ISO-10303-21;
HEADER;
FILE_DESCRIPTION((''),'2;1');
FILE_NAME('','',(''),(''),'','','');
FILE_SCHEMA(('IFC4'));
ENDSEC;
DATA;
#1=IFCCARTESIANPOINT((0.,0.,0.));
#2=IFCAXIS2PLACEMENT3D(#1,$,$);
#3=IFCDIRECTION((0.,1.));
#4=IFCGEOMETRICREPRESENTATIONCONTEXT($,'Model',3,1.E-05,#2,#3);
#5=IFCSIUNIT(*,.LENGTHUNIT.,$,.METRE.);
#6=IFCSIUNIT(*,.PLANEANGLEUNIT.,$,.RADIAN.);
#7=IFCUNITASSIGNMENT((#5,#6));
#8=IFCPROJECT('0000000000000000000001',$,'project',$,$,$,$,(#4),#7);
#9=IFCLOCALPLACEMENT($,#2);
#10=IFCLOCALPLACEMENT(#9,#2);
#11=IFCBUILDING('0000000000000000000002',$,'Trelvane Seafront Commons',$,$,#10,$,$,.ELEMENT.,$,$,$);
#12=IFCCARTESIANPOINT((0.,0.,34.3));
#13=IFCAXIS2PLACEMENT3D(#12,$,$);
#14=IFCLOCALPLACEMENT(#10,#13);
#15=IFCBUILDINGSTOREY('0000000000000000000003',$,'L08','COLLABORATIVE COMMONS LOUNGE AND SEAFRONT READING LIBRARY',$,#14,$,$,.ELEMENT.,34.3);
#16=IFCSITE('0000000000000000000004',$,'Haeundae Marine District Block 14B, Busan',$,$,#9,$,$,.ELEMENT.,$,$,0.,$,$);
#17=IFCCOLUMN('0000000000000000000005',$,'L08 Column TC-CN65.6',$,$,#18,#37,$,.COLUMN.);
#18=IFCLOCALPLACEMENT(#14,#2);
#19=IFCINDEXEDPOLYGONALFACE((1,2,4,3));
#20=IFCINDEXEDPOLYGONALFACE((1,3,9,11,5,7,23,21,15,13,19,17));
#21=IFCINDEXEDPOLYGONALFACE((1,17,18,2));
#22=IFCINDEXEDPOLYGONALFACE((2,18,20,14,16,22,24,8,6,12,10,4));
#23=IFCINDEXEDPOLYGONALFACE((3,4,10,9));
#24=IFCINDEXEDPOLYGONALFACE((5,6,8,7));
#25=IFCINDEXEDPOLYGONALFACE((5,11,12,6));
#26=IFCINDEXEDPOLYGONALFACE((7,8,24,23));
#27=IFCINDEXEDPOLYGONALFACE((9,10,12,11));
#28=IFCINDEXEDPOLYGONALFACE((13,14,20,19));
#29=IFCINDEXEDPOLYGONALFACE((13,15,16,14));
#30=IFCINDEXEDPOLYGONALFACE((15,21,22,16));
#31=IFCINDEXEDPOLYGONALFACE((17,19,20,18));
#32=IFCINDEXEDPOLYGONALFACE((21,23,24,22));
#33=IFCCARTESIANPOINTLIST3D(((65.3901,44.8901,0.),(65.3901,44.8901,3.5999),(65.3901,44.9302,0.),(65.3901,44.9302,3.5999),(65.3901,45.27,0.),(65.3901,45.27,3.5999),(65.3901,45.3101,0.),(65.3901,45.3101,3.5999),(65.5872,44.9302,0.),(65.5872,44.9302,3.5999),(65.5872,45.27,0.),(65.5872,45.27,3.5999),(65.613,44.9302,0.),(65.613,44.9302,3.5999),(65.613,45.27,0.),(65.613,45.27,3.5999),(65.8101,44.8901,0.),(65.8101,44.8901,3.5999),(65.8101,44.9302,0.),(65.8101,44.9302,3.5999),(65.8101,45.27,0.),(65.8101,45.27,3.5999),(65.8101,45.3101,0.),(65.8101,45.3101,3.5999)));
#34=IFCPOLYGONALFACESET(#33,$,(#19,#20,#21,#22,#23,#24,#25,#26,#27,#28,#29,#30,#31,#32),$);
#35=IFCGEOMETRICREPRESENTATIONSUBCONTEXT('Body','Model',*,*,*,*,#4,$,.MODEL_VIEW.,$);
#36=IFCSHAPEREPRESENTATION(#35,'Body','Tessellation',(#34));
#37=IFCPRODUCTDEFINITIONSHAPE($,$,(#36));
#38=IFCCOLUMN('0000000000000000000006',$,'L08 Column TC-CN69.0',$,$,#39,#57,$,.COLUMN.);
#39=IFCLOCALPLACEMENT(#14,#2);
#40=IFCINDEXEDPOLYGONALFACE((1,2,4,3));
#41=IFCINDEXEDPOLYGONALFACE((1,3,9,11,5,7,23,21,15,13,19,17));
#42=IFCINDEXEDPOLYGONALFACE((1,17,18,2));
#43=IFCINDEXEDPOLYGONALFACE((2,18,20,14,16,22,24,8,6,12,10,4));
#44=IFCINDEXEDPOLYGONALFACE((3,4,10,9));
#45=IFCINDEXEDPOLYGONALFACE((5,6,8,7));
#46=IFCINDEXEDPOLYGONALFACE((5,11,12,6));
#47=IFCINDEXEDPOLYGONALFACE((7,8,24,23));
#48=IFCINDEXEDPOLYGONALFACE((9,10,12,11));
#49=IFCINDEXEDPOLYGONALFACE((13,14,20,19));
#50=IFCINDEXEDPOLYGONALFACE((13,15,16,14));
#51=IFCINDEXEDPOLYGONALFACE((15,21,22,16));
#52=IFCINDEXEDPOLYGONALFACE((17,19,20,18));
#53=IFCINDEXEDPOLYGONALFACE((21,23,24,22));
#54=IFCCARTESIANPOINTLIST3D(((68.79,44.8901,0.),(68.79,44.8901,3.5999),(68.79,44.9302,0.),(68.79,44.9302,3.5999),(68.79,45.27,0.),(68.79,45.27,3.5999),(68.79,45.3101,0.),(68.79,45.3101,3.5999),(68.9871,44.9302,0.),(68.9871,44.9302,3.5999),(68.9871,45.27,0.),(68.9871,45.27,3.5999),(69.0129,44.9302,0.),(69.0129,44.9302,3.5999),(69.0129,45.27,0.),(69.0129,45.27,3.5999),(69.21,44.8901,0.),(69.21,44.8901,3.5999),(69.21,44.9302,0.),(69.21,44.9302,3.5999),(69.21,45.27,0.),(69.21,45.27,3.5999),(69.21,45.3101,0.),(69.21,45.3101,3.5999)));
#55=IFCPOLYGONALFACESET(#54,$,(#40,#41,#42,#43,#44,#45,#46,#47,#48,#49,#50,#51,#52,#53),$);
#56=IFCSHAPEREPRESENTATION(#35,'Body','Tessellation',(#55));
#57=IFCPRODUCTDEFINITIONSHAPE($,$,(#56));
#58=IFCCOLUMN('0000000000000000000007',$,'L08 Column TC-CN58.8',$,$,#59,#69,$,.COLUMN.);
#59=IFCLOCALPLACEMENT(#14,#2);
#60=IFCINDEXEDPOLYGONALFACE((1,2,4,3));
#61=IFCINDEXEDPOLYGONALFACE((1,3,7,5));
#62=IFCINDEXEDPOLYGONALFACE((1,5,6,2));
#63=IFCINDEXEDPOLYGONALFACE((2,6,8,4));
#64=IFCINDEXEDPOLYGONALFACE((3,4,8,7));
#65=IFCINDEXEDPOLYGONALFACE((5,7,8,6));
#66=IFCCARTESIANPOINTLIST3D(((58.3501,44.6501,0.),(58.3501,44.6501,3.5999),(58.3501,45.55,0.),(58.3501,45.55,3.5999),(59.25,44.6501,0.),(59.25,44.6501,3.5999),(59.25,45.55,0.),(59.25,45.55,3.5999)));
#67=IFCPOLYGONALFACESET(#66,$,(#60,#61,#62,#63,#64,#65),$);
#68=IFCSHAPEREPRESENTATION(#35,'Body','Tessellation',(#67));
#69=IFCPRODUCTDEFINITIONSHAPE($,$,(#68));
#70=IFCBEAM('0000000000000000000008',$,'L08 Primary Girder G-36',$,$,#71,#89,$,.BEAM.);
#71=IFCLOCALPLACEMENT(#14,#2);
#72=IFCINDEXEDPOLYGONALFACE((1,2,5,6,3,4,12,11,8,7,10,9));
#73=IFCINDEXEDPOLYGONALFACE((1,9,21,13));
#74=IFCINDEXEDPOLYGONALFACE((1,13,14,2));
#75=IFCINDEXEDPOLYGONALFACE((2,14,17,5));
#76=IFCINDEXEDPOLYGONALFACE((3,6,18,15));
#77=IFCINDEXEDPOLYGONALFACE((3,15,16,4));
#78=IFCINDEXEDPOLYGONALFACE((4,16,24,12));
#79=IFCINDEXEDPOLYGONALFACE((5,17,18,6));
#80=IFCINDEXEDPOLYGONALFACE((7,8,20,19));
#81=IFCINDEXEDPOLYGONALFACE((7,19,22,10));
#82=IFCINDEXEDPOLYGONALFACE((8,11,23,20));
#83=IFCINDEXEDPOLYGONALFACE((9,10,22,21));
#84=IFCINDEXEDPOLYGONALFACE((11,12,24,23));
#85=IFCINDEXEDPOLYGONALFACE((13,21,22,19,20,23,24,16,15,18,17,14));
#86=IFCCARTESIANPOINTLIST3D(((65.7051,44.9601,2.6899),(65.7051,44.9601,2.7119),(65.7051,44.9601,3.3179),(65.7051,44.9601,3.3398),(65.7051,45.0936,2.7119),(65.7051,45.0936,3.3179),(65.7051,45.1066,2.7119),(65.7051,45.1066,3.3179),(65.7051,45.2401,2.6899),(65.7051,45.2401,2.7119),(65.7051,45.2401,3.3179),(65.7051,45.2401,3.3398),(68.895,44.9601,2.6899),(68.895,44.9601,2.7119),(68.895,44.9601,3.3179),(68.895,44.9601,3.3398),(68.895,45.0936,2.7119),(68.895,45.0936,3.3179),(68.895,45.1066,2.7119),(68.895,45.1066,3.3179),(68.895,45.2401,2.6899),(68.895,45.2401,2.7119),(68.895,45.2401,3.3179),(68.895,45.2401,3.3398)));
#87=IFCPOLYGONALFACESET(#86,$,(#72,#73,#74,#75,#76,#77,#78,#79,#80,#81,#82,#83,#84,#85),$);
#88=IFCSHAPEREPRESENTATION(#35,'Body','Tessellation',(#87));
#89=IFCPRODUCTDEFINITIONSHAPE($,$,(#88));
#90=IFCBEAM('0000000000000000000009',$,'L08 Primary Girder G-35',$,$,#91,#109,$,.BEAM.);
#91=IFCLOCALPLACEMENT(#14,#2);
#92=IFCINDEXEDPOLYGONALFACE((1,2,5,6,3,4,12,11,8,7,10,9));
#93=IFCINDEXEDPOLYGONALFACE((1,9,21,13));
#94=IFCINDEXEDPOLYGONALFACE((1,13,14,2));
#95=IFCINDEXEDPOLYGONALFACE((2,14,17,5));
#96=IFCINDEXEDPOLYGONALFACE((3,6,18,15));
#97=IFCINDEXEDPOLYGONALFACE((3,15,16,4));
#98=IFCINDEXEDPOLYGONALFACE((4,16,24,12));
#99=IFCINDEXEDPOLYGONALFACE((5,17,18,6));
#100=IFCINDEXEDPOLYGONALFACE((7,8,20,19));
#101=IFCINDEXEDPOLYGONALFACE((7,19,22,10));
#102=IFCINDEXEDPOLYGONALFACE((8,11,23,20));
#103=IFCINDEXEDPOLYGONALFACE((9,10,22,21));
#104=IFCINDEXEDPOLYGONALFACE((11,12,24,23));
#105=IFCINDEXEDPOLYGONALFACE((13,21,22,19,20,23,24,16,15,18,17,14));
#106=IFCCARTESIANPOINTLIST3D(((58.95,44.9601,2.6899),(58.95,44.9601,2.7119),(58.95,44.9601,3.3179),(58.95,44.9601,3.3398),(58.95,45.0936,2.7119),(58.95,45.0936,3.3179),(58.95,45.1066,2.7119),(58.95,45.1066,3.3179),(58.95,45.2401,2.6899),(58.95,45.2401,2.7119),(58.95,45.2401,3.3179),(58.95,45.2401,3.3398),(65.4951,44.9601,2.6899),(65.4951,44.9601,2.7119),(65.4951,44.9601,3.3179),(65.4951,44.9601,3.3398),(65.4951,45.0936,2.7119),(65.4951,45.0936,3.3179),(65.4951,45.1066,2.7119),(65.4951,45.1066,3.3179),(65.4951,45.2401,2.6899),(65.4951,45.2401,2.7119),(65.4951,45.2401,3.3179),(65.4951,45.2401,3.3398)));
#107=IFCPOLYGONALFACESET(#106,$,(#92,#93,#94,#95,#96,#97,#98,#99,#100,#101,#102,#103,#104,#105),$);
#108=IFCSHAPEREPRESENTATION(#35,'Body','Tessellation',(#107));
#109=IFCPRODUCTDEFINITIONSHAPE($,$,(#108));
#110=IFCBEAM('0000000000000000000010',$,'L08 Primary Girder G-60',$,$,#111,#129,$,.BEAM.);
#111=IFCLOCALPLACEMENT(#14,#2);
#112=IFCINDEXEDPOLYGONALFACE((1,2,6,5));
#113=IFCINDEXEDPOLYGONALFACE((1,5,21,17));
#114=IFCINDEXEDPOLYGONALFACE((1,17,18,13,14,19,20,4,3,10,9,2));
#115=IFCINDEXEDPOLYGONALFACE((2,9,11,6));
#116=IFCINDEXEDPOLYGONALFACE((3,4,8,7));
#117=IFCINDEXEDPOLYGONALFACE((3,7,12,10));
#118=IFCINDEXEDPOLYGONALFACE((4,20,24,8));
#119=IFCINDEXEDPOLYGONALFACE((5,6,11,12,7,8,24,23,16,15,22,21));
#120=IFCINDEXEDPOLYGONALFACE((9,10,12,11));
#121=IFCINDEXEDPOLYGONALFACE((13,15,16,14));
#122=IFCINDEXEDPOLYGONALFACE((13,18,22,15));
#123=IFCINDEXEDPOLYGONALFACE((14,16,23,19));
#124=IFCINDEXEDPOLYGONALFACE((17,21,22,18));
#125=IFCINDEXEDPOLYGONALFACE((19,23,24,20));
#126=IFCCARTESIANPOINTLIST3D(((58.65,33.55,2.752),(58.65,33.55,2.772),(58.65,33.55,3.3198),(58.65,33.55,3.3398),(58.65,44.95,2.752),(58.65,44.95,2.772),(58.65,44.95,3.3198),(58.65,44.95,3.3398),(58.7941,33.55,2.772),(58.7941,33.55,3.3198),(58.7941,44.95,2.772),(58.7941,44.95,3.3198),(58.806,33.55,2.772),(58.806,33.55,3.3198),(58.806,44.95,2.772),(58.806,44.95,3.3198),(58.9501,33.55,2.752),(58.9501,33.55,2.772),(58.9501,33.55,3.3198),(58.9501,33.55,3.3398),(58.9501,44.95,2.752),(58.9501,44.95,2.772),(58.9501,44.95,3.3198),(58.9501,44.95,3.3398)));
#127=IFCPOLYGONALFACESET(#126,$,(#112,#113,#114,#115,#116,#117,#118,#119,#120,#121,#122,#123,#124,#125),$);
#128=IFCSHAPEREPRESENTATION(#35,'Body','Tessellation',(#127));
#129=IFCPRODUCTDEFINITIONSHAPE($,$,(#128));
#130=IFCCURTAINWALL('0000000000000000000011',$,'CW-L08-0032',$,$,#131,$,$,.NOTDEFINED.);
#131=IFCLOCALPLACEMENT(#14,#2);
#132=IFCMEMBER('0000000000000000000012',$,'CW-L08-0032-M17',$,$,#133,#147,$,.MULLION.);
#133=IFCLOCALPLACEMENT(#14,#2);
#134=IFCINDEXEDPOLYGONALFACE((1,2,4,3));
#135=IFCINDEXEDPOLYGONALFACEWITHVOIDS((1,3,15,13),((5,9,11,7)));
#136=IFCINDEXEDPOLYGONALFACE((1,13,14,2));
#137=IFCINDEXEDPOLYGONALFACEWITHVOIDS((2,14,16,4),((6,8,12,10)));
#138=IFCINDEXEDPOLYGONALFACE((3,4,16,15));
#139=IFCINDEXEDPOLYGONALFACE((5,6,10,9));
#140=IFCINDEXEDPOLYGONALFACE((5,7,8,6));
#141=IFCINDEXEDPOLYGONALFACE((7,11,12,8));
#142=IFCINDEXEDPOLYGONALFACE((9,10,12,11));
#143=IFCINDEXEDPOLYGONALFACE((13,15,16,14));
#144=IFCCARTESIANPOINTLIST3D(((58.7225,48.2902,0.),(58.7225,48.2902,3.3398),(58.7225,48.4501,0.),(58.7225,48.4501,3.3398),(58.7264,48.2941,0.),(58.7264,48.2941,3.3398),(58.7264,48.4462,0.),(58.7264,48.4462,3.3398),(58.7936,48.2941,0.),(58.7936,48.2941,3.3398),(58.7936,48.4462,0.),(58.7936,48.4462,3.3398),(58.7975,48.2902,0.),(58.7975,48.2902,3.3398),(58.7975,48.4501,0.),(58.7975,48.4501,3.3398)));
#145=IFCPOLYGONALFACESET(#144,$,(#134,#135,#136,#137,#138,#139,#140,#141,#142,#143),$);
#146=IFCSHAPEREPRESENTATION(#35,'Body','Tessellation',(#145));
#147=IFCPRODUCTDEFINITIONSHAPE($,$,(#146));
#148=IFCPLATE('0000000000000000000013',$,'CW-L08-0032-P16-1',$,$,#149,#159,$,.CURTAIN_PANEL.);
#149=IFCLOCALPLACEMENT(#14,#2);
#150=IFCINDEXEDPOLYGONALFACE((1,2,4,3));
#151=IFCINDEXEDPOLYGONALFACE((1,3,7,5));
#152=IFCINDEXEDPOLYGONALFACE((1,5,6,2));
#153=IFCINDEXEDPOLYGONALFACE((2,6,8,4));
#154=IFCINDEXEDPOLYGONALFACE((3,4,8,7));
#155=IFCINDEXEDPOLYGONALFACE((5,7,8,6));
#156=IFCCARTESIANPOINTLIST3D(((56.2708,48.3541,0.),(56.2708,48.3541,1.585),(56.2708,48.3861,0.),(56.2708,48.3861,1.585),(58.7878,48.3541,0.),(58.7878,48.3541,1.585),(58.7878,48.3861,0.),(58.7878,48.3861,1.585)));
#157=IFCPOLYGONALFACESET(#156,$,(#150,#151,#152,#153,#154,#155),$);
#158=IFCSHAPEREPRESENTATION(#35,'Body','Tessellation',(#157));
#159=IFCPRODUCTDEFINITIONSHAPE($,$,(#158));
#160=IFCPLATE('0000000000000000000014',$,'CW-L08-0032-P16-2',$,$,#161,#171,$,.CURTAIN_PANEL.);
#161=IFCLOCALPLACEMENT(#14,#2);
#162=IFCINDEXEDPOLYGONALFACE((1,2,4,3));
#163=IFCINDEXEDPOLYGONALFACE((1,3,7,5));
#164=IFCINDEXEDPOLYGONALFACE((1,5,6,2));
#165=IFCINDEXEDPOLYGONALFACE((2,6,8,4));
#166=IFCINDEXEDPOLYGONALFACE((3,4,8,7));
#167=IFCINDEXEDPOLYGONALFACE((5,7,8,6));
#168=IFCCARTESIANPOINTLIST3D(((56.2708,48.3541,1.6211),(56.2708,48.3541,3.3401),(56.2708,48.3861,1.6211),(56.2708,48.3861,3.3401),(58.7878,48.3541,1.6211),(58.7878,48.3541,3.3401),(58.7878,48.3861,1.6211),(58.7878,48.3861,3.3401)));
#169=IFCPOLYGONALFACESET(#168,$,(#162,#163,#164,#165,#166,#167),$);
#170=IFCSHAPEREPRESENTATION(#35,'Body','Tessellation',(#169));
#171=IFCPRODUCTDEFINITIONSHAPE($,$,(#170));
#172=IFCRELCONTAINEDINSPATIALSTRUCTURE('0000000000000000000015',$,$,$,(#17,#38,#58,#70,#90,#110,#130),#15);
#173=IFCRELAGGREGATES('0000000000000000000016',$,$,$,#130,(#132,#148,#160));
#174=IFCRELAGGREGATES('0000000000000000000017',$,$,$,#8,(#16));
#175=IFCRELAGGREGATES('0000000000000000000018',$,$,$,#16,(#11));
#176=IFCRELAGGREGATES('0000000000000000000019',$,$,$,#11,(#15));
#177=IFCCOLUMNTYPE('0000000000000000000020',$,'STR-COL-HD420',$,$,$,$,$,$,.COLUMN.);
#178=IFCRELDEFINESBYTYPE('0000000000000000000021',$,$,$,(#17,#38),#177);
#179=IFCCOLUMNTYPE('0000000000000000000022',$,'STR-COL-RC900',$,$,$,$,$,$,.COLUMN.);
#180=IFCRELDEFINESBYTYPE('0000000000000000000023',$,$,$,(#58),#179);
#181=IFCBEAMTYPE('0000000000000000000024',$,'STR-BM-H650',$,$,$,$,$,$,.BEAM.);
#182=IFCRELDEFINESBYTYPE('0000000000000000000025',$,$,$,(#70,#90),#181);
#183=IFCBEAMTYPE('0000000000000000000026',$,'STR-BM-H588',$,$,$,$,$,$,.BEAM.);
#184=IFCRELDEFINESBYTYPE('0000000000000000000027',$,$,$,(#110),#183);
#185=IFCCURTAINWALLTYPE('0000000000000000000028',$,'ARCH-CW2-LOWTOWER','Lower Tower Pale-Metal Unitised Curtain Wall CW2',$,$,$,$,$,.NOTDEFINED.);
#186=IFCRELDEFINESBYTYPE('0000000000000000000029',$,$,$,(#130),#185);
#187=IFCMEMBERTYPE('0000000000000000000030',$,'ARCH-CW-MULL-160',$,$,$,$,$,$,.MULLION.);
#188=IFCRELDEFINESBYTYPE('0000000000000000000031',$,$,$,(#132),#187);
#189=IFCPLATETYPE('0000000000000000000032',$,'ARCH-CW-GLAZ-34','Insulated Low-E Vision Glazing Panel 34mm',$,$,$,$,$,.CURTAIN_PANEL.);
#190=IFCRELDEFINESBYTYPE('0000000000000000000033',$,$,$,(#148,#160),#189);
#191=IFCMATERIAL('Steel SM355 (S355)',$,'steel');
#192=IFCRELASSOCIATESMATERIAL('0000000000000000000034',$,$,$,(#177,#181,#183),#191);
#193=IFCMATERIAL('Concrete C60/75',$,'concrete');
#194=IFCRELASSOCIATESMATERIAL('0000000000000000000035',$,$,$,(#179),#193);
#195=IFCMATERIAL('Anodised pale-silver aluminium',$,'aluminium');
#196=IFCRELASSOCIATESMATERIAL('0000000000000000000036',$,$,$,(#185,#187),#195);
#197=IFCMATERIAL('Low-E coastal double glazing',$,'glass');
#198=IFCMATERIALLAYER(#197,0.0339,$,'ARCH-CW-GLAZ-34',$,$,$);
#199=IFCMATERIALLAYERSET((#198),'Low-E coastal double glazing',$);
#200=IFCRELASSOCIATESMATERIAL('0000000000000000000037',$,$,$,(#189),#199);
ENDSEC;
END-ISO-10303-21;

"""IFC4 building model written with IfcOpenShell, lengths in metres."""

from ifc_helpers import new_model, si_unit, direction, frame, origin, origin_2d, place, context, subcontext, project, spatial, rectangle, hollow_rectangle, i_section, extrude, source, transform, mapped, material, layer, layer_set, material_profile, profile_set, type_object, element, aggregate, save


model = new_model("IFC4")

# Units and contexts
model_context = context("Model", 3, precision=1e-05, world=origin(), true_north=direction((0.0, 1.0)))
body_context = subcontext(model_context, "Body", "Model", "MODEL_VIEW")
ifc_project = project(units=[si_unit("LENGTHUNIT", "METRE"), si_unit("PLANEANGLEUNIT", "RADIAN")], contexts=[model_context])

# Site, building, storey
site_placement = place(None, origin())
site = spatial("IfcSite", under=ifc_project, at=site_placement, Name="Haeundae Marine District Block 14B, Busan", CompositionType="ELEMENT", RefElevation=0.0)
building_placement = place(site_placement, origin())
building = spatial("IfcBuilding", under=site, at=building_placement, Name="Trelvane Seafront Commons", CompositionType="ELEMENT")
storey_placement = place(building_placement, frame((0.0, 0.0, 34.3)))
storey = spatial("IfcBuildingStorey", under=building, at=storey_placement, Name="L08", Description="COLLABORATIVE COMMONS LOUNGE AND SEAFRONT READING LIBRARY", CompositionType="ELEMENT", Elevation=34.3)

# Columns
ifc_material_1 = material(Name="Steel SM355 (S355)", Category="steel")
ifc_material_profile_1 = material_profile(ifc_material_1, i_section(OverallWidth=0.4199, OverallDepth=0.4199, WebThickness=0.0259, FlangeThickness=0.04, at=origin_2d()), Name="HD-420x420x26x40")
ifc_profile_set_1 = profile_set([ifc_material_profile_1], Name="Steel SM355 (S355)")
column_type_1 = type_object("IfcColumnType", Name="STR-COL-HD420", PredefinedType="COLUMN", material=ifc_profile_set_1)
shared_shape_1 = source(origin(), body_context, "Body", "SweptSolid", [
    extrude(i_section(OverallWidth=0.4199, OverallDepth=0.4199, WebThickness=0.0259, FlangeThickness=0.04, at=origin_2d()), origin(), (0.0, 0.0, 1.0), 3.5999),
])
for number, where, z_axis, x_axis, name in (
    (1, (65.6001, 45.1001, 0.0), (0.0, 0.0, 1.0), (1.0, 0.0, 0.0), "L08 Column TC-CN65.6"),
    (2, (69.0, 45.1001, 0.0), (0.0, 0.0, 1.0), (1.0, 0.0, 0.0), "L08 Column TC-CN69.0"),
):
    element("IfcColumn", number, at=place(storey_placement, frame(where, z_axis=z_axis, x_axis=x_axis)), inside=storey, type_object=column_type_1, Name=name, PredefinedType="COLUMN", context=body_context, shape_type="MappedRepresentation", body=[
        mapped(shared_shape_1, transform((0.0, 0.0, 0.0), x_axis=(1.0, 0.0, 0.0), y_axis=(0.0, 1.0, 0.0), z_axis=(0.0, 0.0, 1.0), scale=1.0)),
    ])
ifc_material_2 = material(Name="Concrete C60/75", Category="concrete")
ifc_material_profile_2 = material_profile(ifc_material_2, rectangle(XDim=0.8999, YDim=0.8999, at=origin_2d()), Name="RC-900x900")
ifc_profile_set_2 = profile_set([ifc_material_profile_2], Name="Concrete C60/75")
column_type_2 = type_object("IfcColumnType", Name="STR-COL-RC900", PredefinedType="COLUMN", material=ifc_profile_set_2)
shared_shape_2 = source(origin(), body_context, "Body", "SweptSolid", [
    extrude(rectangle(XDim=0.8999, YDim=0.8999, at=origin_2d()), origin(), (0.0, 0.0, 1.0), 3.5999),
])
column_placement = place(storey_placement, frame((58.8, 45.1001, 0.0), z_axis=(0.0, 0.0, 1.0), x_axis=(1.0, 0.0, 0.0)))
element("IfcColumn", 3, at=column_placement, inside=storey, type_object=column_type_2, Name="L08 Column TC-CN58.8", PredefinedType="COLUMN", context=body_context, shape_type="MappedRepresentation", body=[
    mapped(shared_shape_2, transform((0.0, 0.0, 0.0), x_axis=(1.0, 0.0, 0.0), y_axis=(0.0, 1.0, 0.0), z_axis=(0.0, 0.0, 1.0), scale=1.0)),
])

# Beams
ifc_material_profile_3 = material_profile(ifc_material_1, i_section(OverallWidth=0.28, OverallDepth=0.6499, WebThickness=0.0129, FlangeThickness=0.022, at=origin_2d()), Name="H-650x280x13x22")
ifc_profile_set_3 = profile_set([ifc_material_profile_3], Name="Steel SM355 (S355)")
beam_type_1 = type_object("IfcBeamType", Name="STR-BM-H650", PredefinedType="BEAM", material=ifc_profile_set_3)
shared_shape_3 = source(origin(), body_context, "Body", "SweptSolid", [
    extrude(i_section(OverallWidth=0.28, OverallDepth=0.6499, WebThickness=0.0129, FlangeThickness=0.022, at=origin_2d()), origin(), (0.0, 0.0, 1.0), 3.1899),
])
beam_1_placement = place(storey_placement, frame((65.7051, 45.1001, 3.0149), z_axis=(1.0, 0.0, 0.0), x_axis=(0.0, 1.0, 0.0)))
element("IfcBeam", 4, at=beam_1_placement, inside=storey, type_object=beam_type_1, Name="L08 Primary Girder G-36", PredefinedType="BEAM", context=body_context, shape_type="MappedRepresentation", body=[
    mapped(shared_shape_3, transform((0.0, 0.0, 0.0), x_axis=(1.0, 0.0, 0.0), y_axis=(0.0, 1.0, 0.0), z_axis=(0.0, 0.0, 1.0), scale=1.0)),
])
shared_shape_4 = source(origin(), body_context, "Body", "SweptSolid", [
    extrude(i_section(OverallWidth=0.28, OverallDepth=0.6499, WebThickness=0.0129, FlangeThickness=0.022, at=origin_2d()), origin(), (0.0, 0.0, 1.0), 6.5452),
])
beam_2_placement = place(storey_placement, frame((58.95, 45.1001, 3.0149), z_axis=(1.0, 0.0, 0.0), x_axis=(0.0, 1.0, 0.0)))
element("IfcBeam", 5, at=beam_2_placement, inside=storey, type_object=beam_type_1, Name="L08 Primary Girder G-35", PredefinedType="BEAM", context=body_context, shape_type="MappedRepresentation", body=[
    mapped(shared_shape_4, transform((0.0, 0.0, 0.0), x_axis=(1.0, 0.0, 0.0), y_axis=(0.0, 1.0, 0.0), z_axis=(0.0, 0.0, 1.0), scale=1.0)),
])
ifc_material_profile_4 = material_profile(ifc_material_1, i_section(OverallWidth=0.3, OverallDepth=0.5879, WebThickness=0.012, FlangeThickness=0.02, at=origin_2d()), Name="H-588x300x12x20")
ifc_profile_set_4 = profile_set([ifc_material_profile_4], Name="Steel SM355 (S355)")
beam_type_2 = type_object("IfcBeamType", Name="STR-BM-H588", PredefinedType="BEAM", material=ifc_profile_set_4)
shared_shape_5 = source(origin(), body_context, "Body", "SweptSolid", [
    extrude(i_section(OverallWidth=0.3, OverallDepth=0.5879, WebThickness=0.012, FlangeThickness=0.02, at=origin_2d()), origin(), (0.0, 0.0, 1.0), 11.3999),
])
beam_3_placement = place(storey_placement, frame((58.8, 33.55, 3.0459), z_axis=(0.0, 1.0, 0.0), x_axis=(-1.0, 0.0, 0.0)))
element("IfcBeam", 6, at=beam_3_placement, inside=storey, type_object=beam_type_2, Name="L08 Primary Girder G-60", PredefinedType="BEAM", context=body_context, shape_type="MappedRepresentation", body=[
    mapped(shared_shape_5, transform((0.0, 0.0, 0.0), x_axis=(1.0, 0.0, 0.0), y_axis=(0.0, 1.0, 0.0), z_axis=(0.0, 0.0, 1.0), scale=1.0)),
])

# Curtain wall, member, plates
ifc_material_3 = material(Name="Anodised pale-silver aluminium", Category="aluminium")
curtain_wall_type = type_object("IfcCurtainWallType", Name="ARCH-CW2-LOWTOWER", Description="Lower Tower Pale-Metal Unitised Curtain Wall CW2", PredefinedType="NOTDEFINED", material=ifc_material_3)
curtain_wall_placement = place(storey_placement, origin())
curtain_wall = element("IfcCurtainWall", 7, at=curtain_wall_placement, inside=storey, type_object=curtain_wall_type, Name="CW-L08-0032", PredefinedType="NOTDEFINED")
ifc_material_profile_5 = material_profile(ifc_material_3, hollow_rectangle(XDim=0.075, YDim=0.1599, WallThickness=0.0039, at=origin_2d()), Name="MULL-75x160x4")
ifc_profile_set_5 = profile_set([ifc_material_profile_5], Name="Anodised pale-silver aluminium")
member_type = type_object("IfcMemberType", Name="ARCH-CW-MULL-160", PredefinedType="MULLION", material=ifc_profile_set_5)
shared_shape_6 = source(origin(), body_context, "Body", "SweptSolid", [
    extrude(hollow_rectangle(XDim=0.075, YDim=0.1599, WallThickness=0.0039, at=origin_2d()), origin(), (0.0, 0.0, 1.0), 3.3398),
])
member_placement = place(storey_placement, frame((58.76, 48.3701, 0.0), z_axis=(0.0, 0.0, 1.0), x_axis=(1.0, 0.0, 0.0)))
member = element("IfcMember", 8, at=member_placement, type_object=member_type, Name="CW-L08-0032-M17", PredefinedType="MULLION", context=body_context, shape_type="MappedRepresentation", body=[
    mapped(shared_shape_6, transform((0.0, 0.0, 0.0), x_axis=(1.0, 0.0, 0.0), y_axis=(0.0, 1.0, 0.0), z_axis=(0.0, 0.0, 1.0), scale=1.0)),
])
ifc_material_4 = material(Name="Low-E coastal double glazing", Category="glass")
ifc_layer_1 = layer(ifc_material_4, 0.0339, Name="ARCH-CW-GLAZ-34")
ifc_layer_set_1 = layer_set([ifc_layer_1], Name="Low-E coastal double glazing")
plate_type_1 = type_object("IfcPlateType", Name="ARCH-CW-GLAZ-34", Description="Insulated Low-E Vision Glazing Panel 34mm", PredefinedType="CURTAIN_PANEL", material=ifc_layer_set_1)
shared_shape_7 = source(origin(), body_context, "Body", "SweptSolid", [
    extrude(rectangle(XDim=2.5171, YDim=0.032, at=origin_2d()), origin(), (0.0, 0.0, 1.0), 1.585),
])
plate_1_placement = place(storey_placement, frame((57.5293, 48.3701, 0.0), z_axis=(0.0, 0.0, 1.0), x_axis=(1.0, 0.0, 0.0)))
plate_1 = element("IfcPlate", 9, at=plate_1_placement, type_object=plate_type_1, Name="CW-L08-0032-P16-1", PredefinedType="CURTAIN_PANEL", context=body_context, shape_type="MappedRepresentation", body=[
    mapped(shared_shape_7, transform((0.0, 0.0, 0.0), x_axis=(1.0, 0.0, 0.0), y_axis=(0.0, 1.0, 0.0), z_axis=(0.0, 0.0, 1.0), scale=1.0)),
])
shared_shape_8 = source(origin(), body_context, "Body", "SweptSolid", [
    extrude(rectangle(XDim=2.5171, YDim=0.032, at=origin_2d()), origin(), (0.0, 0.0, 1.0), 1.719),
])
plate_2_placement = place(storey_placement, frame((57.5293, 48.3701, 1.6211), z_axis=(0.0, 0.0, 1.0), x_axis=(1.0, 0.0, 0.0)))
plate_2 = element("IfcPlate", 10, at=plate_2_placement, type_object=plate_type_1, Name="CW-L08-0032-P16-2", PredefinedType="CURTAIN_PANEL", context=body_context, shape_type="MappedRepresentation", body=[
    mapped(shared_shape_8, transform((0.0, 0.0, 0.0), x_axis=(1.0, 0.0, 0.0), y_axis=(0.0, 1.0, 0.0), z_axis=(0.0, 0.0, 1.0), scale=1.0)),
])
aggregate(curtain_wall, [member, plate_1, plate_2])

save(model, "model.ifc")
